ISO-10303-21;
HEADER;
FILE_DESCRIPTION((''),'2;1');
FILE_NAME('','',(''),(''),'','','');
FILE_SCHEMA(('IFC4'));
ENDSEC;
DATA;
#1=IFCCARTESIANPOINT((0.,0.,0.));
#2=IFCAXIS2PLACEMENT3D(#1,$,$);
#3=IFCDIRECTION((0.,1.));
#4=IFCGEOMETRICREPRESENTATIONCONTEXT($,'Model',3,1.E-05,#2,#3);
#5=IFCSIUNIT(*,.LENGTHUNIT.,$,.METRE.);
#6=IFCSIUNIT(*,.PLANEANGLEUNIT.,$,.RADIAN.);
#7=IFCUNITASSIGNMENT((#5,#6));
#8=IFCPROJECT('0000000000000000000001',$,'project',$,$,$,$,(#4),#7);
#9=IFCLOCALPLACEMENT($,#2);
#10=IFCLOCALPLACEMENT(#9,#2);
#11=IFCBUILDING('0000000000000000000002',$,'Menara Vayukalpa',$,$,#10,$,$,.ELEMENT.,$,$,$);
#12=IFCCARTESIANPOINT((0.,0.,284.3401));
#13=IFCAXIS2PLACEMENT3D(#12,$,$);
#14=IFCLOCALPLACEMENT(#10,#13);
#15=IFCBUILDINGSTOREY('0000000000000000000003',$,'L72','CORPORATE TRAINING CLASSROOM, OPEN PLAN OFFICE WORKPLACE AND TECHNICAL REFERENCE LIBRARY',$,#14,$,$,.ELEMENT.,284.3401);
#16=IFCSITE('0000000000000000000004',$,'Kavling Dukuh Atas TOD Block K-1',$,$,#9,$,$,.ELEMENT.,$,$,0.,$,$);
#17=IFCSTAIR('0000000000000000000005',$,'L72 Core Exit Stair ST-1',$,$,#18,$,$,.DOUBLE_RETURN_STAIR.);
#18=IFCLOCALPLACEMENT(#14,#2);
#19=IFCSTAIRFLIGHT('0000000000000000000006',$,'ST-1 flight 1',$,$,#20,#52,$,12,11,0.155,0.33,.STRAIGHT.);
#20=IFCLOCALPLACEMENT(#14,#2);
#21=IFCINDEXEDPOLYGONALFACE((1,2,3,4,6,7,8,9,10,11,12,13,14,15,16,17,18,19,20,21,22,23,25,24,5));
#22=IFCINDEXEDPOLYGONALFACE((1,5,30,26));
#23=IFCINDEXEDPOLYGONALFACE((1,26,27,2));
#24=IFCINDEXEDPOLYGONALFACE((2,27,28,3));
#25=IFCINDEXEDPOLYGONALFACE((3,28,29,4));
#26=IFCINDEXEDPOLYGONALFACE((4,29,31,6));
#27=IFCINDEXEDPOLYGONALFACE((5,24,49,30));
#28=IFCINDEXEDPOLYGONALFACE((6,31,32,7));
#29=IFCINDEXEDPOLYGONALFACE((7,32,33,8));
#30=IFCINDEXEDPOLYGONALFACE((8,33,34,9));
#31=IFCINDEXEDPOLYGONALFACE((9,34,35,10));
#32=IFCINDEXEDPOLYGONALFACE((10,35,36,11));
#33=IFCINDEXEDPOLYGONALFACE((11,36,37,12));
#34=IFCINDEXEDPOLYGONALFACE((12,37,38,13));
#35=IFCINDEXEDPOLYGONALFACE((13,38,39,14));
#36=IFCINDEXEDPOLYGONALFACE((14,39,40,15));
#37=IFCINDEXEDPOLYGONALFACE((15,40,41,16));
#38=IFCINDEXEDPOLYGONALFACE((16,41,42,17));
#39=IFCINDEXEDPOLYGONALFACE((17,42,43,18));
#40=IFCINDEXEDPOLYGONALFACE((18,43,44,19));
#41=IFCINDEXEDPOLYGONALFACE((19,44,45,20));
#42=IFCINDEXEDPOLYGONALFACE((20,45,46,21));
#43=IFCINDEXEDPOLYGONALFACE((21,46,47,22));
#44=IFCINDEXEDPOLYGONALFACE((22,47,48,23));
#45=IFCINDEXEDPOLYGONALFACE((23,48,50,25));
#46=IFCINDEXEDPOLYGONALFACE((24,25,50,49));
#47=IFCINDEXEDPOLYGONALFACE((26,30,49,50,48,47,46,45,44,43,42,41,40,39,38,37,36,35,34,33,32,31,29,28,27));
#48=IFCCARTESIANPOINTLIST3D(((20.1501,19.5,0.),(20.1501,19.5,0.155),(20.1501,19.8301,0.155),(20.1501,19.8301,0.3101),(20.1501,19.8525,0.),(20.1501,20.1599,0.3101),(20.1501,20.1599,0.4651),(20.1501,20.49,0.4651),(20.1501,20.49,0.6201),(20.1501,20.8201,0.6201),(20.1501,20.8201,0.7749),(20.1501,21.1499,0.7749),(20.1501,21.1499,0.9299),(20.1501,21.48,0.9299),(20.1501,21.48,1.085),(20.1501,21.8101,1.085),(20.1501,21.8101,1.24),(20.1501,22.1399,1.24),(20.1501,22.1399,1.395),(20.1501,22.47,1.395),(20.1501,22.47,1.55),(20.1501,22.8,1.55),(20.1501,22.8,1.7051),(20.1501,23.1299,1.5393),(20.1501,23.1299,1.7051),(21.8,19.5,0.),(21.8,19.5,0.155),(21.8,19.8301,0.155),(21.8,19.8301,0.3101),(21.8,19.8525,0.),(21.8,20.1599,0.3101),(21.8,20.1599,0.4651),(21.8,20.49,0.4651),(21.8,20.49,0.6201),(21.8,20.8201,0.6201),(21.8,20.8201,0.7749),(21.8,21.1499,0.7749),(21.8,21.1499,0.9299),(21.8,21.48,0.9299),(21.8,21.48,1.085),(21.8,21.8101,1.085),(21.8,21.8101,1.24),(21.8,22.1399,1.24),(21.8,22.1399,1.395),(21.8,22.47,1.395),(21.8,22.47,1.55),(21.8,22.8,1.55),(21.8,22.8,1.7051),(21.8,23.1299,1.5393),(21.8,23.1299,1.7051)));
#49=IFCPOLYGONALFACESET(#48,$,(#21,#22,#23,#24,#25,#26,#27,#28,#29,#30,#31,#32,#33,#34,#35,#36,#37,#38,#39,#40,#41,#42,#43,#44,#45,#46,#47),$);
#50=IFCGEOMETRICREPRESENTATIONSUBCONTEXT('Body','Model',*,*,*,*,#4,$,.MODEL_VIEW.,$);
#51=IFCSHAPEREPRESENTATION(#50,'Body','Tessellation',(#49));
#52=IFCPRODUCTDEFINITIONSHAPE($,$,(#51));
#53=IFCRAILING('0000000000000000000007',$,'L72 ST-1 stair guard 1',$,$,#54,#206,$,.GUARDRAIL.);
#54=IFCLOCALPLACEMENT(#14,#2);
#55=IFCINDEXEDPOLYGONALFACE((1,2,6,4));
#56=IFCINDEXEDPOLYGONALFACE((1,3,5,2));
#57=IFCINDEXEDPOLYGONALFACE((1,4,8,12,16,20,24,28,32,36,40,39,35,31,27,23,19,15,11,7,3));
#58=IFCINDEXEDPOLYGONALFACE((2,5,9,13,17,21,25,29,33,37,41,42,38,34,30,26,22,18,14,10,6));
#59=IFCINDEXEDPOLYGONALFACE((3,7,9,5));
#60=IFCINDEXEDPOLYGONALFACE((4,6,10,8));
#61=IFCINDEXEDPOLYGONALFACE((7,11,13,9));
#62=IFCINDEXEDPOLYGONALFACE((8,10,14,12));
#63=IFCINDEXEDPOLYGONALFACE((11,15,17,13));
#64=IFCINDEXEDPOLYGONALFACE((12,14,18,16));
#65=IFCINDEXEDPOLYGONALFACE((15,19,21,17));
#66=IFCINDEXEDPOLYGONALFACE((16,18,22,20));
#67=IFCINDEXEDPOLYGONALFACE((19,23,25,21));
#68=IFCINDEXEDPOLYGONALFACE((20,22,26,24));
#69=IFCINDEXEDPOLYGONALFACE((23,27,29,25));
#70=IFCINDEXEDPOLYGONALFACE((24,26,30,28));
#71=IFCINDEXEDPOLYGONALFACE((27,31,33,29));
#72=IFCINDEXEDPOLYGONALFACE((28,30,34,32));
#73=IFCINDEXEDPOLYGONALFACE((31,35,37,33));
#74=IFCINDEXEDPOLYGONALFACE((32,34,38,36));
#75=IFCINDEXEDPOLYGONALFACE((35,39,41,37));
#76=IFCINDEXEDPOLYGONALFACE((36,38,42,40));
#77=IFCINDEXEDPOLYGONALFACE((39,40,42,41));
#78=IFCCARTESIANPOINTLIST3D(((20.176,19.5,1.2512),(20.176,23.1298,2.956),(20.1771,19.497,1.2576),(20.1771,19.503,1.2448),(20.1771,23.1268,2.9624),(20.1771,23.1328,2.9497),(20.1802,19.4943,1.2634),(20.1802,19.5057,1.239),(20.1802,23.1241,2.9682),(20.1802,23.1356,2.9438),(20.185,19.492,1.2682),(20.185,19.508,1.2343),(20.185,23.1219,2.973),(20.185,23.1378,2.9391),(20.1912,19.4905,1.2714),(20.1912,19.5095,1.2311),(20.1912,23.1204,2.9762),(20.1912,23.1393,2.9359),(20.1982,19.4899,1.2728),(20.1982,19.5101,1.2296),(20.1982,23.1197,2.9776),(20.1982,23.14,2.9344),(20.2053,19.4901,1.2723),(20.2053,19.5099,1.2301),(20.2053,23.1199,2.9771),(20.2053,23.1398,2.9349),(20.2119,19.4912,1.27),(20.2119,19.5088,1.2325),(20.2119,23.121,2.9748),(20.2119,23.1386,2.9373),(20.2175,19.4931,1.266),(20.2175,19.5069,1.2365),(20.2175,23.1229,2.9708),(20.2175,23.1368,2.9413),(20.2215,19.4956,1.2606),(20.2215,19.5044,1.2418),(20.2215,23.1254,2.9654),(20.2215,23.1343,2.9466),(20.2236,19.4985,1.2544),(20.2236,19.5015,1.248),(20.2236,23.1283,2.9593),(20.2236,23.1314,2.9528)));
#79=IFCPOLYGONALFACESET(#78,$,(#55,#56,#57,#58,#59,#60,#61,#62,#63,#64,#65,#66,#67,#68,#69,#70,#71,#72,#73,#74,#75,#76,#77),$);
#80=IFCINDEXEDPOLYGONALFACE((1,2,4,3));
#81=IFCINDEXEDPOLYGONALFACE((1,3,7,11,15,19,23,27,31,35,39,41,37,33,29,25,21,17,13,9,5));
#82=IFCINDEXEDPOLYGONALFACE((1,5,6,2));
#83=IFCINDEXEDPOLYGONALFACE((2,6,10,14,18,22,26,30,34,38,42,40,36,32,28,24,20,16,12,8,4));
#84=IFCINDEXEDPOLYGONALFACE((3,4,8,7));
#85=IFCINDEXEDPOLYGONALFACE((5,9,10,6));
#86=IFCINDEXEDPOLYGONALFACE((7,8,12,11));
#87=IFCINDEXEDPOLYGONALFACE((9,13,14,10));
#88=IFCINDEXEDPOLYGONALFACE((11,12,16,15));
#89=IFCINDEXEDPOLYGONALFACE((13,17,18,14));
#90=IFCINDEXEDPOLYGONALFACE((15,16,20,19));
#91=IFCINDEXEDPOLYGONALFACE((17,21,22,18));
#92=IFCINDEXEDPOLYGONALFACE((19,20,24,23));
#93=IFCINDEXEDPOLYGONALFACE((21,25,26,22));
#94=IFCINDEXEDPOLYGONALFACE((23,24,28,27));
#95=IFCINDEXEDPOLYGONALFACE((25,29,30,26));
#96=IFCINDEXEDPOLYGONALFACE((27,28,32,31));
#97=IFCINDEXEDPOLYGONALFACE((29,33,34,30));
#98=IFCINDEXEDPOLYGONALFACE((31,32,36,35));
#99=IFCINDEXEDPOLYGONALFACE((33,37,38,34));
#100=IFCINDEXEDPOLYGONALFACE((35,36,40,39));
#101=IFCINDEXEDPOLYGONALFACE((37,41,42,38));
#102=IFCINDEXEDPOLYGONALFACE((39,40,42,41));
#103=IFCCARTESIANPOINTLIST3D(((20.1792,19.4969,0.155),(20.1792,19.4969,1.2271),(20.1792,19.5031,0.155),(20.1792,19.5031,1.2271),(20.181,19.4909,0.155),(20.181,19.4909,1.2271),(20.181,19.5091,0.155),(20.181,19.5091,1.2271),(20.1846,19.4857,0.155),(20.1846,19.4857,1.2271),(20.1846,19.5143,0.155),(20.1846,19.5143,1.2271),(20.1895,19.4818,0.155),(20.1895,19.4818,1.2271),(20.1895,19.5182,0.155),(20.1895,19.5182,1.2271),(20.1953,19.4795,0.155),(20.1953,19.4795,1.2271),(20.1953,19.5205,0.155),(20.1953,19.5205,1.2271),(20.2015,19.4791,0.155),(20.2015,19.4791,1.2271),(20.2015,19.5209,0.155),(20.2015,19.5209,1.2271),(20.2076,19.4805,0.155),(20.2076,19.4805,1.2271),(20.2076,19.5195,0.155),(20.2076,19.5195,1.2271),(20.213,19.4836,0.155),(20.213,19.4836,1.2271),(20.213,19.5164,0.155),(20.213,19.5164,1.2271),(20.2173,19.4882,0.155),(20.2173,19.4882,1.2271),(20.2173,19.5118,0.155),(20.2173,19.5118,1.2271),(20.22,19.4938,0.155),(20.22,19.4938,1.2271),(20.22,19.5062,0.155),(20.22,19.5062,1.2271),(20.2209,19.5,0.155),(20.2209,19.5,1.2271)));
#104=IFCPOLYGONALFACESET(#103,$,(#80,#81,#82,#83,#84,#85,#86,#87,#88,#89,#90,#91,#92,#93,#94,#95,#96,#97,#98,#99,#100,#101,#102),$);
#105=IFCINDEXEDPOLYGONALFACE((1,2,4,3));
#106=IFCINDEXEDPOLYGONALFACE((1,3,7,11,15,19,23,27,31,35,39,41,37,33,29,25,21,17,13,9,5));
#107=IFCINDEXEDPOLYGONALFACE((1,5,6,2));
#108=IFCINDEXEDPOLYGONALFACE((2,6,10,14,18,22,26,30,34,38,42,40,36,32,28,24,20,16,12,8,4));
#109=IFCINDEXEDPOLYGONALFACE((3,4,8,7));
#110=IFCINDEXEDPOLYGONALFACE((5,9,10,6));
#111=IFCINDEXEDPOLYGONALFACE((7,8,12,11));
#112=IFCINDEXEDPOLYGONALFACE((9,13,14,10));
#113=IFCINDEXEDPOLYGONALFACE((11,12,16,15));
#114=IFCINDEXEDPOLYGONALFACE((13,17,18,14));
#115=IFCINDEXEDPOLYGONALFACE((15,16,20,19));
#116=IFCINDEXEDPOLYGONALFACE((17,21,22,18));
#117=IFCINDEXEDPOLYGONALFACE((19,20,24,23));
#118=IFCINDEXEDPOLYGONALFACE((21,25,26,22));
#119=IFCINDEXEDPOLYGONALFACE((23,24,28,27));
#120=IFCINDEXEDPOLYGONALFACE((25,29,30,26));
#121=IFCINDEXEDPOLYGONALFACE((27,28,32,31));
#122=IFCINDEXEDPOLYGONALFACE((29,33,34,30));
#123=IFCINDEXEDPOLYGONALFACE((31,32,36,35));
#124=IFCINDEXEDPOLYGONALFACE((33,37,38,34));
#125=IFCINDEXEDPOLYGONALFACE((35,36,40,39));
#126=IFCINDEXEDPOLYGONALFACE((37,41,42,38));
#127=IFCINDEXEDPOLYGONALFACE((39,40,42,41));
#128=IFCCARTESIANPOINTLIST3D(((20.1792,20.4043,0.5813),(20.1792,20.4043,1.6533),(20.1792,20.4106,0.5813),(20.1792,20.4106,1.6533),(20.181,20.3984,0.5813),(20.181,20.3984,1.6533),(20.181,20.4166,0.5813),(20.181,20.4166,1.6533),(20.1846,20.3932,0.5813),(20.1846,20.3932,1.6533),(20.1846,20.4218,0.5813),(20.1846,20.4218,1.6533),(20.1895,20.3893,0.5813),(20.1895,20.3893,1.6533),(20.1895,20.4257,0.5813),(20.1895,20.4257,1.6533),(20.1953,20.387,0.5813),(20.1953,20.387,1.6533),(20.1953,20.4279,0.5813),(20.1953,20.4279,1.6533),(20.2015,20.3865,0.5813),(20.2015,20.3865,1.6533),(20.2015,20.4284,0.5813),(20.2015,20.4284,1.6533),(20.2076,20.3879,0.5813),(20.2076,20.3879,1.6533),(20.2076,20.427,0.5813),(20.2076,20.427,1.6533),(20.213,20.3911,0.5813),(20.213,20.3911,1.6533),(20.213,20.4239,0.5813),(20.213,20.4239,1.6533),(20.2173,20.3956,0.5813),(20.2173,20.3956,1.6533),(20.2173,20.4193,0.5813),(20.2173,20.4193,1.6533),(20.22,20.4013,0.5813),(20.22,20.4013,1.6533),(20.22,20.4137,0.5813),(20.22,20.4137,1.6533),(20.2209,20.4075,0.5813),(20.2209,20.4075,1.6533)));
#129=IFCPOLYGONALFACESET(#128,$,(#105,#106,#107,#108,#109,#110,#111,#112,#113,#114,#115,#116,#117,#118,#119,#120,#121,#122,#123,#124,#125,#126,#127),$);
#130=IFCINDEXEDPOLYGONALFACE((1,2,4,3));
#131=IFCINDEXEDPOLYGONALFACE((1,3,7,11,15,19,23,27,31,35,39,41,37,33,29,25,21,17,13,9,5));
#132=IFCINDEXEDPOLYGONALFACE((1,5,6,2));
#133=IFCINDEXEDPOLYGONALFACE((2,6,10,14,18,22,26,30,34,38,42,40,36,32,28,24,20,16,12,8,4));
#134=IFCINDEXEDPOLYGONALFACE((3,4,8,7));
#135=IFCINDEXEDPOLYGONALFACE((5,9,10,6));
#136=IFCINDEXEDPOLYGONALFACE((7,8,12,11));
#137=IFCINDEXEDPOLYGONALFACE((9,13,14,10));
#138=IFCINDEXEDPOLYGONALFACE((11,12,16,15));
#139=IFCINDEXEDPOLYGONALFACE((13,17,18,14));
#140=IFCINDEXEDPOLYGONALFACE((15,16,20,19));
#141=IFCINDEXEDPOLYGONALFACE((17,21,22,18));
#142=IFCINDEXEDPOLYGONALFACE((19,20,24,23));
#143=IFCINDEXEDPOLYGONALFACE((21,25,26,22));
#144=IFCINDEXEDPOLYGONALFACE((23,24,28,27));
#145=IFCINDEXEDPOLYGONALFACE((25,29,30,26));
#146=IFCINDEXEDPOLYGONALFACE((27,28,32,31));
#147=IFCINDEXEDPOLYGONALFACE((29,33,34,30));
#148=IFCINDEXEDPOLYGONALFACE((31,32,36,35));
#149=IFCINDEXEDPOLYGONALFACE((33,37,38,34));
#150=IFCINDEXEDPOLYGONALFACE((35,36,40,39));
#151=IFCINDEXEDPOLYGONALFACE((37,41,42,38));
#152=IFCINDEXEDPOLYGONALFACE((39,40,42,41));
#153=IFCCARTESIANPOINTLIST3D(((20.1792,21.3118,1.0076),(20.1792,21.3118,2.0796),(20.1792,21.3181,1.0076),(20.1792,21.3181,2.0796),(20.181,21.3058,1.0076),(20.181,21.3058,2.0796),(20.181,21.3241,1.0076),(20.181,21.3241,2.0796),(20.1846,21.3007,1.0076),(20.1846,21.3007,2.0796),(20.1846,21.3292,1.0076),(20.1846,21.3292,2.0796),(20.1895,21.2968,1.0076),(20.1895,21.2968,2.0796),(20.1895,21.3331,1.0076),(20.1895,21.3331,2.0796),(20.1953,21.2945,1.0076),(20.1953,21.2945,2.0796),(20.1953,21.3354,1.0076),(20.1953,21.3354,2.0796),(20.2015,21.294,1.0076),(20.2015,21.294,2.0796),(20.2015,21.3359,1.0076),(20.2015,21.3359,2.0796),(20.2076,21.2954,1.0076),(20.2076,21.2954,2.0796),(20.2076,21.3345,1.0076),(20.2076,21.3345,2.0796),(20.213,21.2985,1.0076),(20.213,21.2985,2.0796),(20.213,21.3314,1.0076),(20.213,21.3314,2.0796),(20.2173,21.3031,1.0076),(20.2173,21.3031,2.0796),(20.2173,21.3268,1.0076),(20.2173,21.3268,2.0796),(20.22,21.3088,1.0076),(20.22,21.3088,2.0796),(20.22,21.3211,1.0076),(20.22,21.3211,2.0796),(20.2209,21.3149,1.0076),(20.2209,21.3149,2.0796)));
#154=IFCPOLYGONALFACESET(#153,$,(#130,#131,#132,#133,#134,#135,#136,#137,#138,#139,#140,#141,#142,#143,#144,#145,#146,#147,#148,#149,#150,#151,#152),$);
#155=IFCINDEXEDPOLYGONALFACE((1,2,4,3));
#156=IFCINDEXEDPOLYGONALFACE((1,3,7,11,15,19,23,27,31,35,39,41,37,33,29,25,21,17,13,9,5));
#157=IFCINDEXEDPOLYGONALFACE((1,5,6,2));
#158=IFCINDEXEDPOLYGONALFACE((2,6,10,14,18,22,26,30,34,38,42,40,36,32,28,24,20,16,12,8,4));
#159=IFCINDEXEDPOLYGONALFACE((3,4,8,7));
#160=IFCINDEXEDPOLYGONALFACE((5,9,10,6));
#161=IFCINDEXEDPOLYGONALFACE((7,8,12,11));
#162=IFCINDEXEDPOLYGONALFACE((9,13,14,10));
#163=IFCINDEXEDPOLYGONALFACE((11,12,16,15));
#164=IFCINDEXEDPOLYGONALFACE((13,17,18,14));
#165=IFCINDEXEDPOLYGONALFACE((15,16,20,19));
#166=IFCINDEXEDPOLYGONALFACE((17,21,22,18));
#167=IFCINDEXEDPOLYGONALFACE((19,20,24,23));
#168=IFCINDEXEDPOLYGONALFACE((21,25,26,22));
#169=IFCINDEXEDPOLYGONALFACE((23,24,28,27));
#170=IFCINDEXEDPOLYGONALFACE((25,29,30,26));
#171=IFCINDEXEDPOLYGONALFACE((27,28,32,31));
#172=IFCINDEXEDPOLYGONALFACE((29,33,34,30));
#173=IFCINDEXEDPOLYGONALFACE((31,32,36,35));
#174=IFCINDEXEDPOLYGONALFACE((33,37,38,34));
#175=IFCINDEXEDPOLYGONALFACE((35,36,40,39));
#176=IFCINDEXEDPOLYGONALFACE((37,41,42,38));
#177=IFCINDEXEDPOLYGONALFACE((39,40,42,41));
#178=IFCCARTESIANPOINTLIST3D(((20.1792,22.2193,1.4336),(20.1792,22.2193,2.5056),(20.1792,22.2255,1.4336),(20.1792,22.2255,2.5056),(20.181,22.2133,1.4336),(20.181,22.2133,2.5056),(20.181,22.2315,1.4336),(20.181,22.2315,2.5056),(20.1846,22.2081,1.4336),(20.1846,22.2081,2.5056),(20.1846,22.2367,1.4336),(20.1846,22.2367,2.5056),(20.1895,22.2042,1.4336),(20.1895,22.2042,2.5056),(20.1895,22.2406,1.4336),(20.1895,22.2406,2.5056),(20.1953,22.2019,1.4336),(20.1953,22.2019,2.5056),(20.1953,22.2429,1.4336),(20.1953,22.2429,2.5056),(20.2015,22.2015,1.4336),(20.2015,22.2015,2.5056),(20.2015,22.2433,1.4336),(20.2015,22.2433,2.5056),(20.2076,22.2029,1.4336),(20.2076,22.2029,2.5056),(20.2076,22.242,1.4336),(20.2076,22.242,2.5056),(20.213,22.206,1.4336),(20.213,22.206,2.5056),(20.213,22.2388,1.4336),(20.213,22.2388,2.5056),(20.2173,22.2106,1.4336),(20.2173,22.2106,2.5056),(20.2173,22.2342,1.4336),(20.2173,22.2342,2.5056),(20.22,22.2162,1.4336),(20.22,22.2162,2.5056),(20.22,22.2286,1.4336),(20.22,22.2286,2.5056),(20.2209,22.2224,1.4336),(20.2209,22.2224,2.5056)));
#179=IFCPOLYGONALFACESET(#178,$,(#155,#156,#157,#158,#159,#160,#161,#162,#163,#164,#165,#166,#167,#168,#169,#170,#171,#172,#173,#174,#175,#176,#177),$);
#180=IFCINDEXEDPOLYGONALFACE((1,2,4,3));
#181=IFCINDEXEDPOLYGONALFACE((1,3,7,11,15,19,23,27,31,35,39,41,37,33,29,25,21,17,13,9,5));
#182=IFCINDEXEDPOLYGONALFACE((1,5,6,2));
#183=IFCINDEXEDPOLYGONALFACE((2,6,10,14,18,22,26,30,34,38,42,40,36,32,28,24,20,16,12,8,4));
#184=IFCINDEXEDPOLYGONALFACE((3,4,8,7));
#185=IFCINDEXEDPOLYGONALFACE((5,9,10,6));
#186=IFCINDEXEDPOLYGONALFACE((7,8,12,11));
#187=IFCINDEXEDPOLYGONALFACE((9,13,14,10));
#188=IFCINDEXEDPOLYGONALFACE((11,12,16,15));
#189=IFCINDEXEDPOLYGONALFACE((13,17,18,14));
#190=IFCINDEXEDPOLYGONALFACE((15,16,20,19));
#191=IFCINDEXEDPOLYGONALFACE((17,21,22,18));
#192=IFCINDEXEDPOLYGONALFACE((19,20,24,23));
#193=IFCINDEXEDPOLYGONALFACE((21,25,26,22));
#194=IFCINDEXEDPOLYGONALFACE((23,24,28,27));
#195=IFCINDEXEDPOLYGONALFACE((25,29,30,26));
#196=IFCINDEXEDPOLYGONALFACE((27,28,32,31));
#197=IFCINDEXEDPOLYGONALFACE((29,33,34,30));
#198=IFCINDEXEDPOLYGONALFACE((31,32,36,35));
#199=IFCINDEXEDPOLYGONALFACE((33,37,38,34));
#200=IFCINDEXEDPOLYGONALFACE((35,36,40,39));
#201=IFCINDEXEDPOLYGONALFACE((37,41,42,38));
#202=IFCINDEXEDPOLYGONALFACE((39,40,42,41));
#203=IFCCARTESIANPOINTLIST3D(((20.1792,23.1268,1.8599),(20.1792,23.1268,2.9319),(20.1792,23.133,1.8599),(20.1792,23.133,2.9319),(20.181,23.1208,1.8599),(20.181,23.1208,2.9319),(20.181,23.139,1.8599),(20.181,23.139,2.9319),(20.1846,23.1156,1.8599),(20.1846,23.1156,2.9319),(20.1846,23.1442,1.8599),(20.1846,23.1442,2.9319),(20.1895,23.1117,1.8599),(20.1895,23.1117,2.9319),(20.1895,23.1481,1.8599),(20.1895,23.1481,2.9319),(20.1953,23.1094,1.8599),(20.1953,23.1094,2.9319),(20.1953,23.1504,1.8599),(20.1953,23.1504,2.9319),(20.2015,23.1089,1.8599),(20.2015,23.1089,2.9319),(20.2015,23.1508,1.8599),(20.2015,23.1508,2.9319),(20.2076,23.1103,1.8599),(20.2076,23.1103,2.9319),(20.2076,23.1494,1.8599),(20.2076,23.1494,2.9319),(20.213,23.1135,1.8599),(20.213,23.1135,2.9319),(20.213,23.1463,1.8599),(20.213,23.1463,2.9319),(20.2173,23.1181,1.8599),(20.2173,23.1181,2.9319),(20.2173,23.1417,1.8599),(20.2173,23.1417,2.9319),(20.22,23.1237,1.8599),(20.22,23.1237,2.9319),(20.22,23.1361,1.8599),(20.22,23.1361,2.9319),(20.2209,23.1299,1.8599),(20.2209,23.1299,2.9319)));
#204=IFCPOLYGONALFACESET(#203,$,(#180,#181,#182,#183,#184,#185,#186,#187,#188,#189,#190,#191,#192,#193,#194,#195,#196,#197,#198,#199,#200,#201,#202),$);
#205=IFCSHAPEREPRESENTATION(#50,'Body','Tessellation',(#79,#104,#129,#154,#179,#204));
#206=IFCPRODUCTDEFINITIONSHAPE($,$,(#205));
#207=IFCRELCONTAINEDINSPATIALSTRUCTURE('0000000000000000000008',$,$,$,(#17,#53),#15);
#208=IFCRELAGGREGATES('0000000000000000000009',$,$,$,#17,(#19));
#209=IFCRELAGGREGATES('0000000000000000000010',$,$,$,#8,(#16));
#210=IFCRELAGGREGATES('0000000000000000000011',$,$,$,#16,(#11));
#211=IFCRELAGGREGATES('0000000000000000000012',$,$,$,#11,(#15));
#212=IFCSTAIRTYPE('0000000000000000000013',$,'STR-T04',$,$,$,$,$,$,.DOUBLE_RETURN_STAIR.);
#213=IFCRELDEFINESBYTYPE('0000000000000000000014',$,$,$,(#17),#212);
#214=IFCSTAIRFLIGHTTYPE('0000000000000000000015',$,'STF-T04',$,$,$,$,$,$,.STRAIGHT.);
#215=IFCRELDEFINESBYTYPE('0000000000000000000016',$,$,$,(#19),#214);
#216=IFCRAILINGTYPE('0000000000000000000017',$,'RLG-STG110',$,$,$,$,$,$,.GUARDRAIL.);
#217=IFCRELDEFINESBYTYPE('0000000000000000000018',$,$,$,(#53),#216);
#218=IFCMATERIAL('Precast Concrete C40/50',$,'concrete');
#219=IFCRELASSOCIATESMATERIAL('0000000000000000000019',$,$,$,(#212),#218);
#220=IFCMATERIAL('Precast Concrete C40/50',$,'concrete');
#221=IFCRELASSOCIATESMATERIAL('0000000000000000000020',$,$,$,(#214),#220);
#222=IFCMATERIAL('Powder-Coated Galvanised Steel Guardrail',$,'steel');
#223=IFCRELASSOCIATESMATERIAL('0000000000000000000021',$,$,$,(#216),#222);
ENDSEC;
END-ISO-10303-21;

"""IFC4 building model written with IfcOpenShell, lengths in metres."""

from ifc_helpers import new_model, si_unit, direction, frame, origin, origin_2d, place, context, subcontext, project, spatial, polyline, circle, outline, extrude, material, type_object, element, aggregate, save


model = new_model("IFC4")

# Units and contexts
model_context = context("Model", 3, precision=1e-05, world=origin(), true_north=direction((0.0, 1.0)))
body_context = subcontext(model_context, "Body", "Model", "MODEL_VIEW")
ifc_project = project(units=[si_unit("LENGTHUNIT", "METRE"), si_unit("PLANEANGLEUNIT", "RADIAN")], contexts=[model_context])

# Site, building, storey
site_placement = place(None, origin())
site = spatial("IfcSite", under=ifc_project, at=site_placement, Name="Kavling Dukuh Atas TOD Block K-1", CompositionType="ELEMENT", RefElevation=0.0)
building_placement = place(site_placement, origin())
building = spatial("IfcBuilding", under=site, at=building_placement, Name="Menara Vayukalpa", CompositionType="ELEMENT")
storey_placement = place(building_placement, frame((0.0, 0.0, 284.3401)))
storey = spatial("IfcBuildingStorey", under=building, at=storey_placement, Name="L72", Description="CORPORATE TRAINING CLASSROOM, OPEN PLAN OFFICE WORKPLACE AND TECHNICAL REFERENCE LIBRARY", CompositionType="ELEMENT", Elevation=284.3401)

# Stair, stair flight
ifc_material_1 = material(Name="Precast Concrete C40/50", Category="concrete")
stair_type = type_object("IfcStairType", Name="STR-T04", PredefinedType="DOUBLE_RETURN_STAIR", material=ifc_material_1)
stair_placement = place(storey_placement, origin())
stair = element("IfcStair", 1, at=stair_placement, inside=storey, type_object=stair_type, Name="L72 Core Exit Stair ST-1", PredefinedType="DOUBLE_RETURN_STAIR")
ifc_material_2 = material(Name="Precast Concrete C40/50", Category="concrete")
stair_flight_type = type_object("IfcStairFlightType", Name="STF-T04", PredefinedType="STRAIGHT", material=ifc_material_2)
stair_flight_placement = place(storey_placement, frame((20.9751, 19.5, 0.0), z_axis=(0.0, 0.0, 1.0), x_axis=(0.0, 1.0, 0.0)))
stair_flight = element("IfcStairFlight", 2, at=stair_flight_placement, type_object=stair_flight_type, Name="ST-1 flight 1", NumberOfRisers=12, NumberOfTreads=11, PredefinedType="STRAIGHT", RiserHeight=0.155, TreadLength=0.33, context=body_context, shape_type="SweptSolid", body=[
    extrude(outline(polyline([(0.0, 0.0), (0.0, 0.155), (0.3301, 0.155), (0.3301, 0.3101), (0.6599, 0.3101), (0.6599, 0.4651), (0.99, 0.4651), (0.99, 0.6201), (1.3201, 0.6201), (1.3201, 0.7749), (1.6499, 0.7749), (1.6499, 0.9299), (1.98, 0.9299), (1.98, 1.085), (2.3101, 1.085), (2.3101, 1.24), (2.6399, 1.24), (2.6399, 1.395), (2.97, 1.395), (2.97, 1.55), (3.3, 1.55), (3.3, 1.7051), (3.6299, 1.7051), (3.6299, 1.8601), (3.6299, 1.5393), (0.3525, 0.0), (0.0, 0.0)])), frame((0.0, 0.825, 0.0), z_axis=(0.0, -1.0, 0.0), x_axis=(1.0, 0.0, 0.0)), (0.0, 0.0, 1.0), 1.6499),
])
aggregate(stair, [stair_flight])

# Railing
ifc_material_3 = material(Name="Powder-Coated Galvanised Steel Guardrail", Category="steel")
railing_type_1 = type_object("IfcRailingType", Name="RLG-STG110", PredefinedType="GUARDRAIL", material=ifc_material_3)
railing_1_placement = place(storey_placement, frame((20.2, 19.5, 0.155)))
element("IfcRailing", 3, at=railing_1_placement, inside=storey, type_object=railing_type_1, Name="L72 ST-1 stair guard 1", PredefinedType="GUARDRAIL", context=body_context, shape_type="SweptSolid", body=[
    extrude(circle(Radius=0.0239, at=origin_2d()), frame((0.0, 0.0, 1.0962), z_axis=(0.0, 0.90514, 0.425114), x_axis=(-1.0, 0.0, 0.0)), (0.0, 0.0, 1.0), 4.0103),
    extrude(circle(Radius=0.021, at=origin_2d()), origin(), (0.0, 0.0, 1.0), 1.072),
    extrude(circle(Radius=0.021, at=origin_2d()), frame((0.0, 0.9075, 0.4263)), (0.0, 0.0, 1.0), 1.072),
    extrude(circle(Radius=0.021, at=origin_2d()), frame((0.0, 1.8149, 0.8525)), (0.0, 0.0, 1.0), 1.072),
    extrude(circle(Radius=0.021, at=origin_2d()), frame((0.0, 2.7224, 1.2786)), (0.0, 0.0, 1.0), 1.072),
    extrude(circle(Radius=0.021, at=origin_2d()), frame((0.0, 3.6299, 1.7048)), (0.0, 0.0, 1.0), 1.072),
])

save(model, "model.ifc")
